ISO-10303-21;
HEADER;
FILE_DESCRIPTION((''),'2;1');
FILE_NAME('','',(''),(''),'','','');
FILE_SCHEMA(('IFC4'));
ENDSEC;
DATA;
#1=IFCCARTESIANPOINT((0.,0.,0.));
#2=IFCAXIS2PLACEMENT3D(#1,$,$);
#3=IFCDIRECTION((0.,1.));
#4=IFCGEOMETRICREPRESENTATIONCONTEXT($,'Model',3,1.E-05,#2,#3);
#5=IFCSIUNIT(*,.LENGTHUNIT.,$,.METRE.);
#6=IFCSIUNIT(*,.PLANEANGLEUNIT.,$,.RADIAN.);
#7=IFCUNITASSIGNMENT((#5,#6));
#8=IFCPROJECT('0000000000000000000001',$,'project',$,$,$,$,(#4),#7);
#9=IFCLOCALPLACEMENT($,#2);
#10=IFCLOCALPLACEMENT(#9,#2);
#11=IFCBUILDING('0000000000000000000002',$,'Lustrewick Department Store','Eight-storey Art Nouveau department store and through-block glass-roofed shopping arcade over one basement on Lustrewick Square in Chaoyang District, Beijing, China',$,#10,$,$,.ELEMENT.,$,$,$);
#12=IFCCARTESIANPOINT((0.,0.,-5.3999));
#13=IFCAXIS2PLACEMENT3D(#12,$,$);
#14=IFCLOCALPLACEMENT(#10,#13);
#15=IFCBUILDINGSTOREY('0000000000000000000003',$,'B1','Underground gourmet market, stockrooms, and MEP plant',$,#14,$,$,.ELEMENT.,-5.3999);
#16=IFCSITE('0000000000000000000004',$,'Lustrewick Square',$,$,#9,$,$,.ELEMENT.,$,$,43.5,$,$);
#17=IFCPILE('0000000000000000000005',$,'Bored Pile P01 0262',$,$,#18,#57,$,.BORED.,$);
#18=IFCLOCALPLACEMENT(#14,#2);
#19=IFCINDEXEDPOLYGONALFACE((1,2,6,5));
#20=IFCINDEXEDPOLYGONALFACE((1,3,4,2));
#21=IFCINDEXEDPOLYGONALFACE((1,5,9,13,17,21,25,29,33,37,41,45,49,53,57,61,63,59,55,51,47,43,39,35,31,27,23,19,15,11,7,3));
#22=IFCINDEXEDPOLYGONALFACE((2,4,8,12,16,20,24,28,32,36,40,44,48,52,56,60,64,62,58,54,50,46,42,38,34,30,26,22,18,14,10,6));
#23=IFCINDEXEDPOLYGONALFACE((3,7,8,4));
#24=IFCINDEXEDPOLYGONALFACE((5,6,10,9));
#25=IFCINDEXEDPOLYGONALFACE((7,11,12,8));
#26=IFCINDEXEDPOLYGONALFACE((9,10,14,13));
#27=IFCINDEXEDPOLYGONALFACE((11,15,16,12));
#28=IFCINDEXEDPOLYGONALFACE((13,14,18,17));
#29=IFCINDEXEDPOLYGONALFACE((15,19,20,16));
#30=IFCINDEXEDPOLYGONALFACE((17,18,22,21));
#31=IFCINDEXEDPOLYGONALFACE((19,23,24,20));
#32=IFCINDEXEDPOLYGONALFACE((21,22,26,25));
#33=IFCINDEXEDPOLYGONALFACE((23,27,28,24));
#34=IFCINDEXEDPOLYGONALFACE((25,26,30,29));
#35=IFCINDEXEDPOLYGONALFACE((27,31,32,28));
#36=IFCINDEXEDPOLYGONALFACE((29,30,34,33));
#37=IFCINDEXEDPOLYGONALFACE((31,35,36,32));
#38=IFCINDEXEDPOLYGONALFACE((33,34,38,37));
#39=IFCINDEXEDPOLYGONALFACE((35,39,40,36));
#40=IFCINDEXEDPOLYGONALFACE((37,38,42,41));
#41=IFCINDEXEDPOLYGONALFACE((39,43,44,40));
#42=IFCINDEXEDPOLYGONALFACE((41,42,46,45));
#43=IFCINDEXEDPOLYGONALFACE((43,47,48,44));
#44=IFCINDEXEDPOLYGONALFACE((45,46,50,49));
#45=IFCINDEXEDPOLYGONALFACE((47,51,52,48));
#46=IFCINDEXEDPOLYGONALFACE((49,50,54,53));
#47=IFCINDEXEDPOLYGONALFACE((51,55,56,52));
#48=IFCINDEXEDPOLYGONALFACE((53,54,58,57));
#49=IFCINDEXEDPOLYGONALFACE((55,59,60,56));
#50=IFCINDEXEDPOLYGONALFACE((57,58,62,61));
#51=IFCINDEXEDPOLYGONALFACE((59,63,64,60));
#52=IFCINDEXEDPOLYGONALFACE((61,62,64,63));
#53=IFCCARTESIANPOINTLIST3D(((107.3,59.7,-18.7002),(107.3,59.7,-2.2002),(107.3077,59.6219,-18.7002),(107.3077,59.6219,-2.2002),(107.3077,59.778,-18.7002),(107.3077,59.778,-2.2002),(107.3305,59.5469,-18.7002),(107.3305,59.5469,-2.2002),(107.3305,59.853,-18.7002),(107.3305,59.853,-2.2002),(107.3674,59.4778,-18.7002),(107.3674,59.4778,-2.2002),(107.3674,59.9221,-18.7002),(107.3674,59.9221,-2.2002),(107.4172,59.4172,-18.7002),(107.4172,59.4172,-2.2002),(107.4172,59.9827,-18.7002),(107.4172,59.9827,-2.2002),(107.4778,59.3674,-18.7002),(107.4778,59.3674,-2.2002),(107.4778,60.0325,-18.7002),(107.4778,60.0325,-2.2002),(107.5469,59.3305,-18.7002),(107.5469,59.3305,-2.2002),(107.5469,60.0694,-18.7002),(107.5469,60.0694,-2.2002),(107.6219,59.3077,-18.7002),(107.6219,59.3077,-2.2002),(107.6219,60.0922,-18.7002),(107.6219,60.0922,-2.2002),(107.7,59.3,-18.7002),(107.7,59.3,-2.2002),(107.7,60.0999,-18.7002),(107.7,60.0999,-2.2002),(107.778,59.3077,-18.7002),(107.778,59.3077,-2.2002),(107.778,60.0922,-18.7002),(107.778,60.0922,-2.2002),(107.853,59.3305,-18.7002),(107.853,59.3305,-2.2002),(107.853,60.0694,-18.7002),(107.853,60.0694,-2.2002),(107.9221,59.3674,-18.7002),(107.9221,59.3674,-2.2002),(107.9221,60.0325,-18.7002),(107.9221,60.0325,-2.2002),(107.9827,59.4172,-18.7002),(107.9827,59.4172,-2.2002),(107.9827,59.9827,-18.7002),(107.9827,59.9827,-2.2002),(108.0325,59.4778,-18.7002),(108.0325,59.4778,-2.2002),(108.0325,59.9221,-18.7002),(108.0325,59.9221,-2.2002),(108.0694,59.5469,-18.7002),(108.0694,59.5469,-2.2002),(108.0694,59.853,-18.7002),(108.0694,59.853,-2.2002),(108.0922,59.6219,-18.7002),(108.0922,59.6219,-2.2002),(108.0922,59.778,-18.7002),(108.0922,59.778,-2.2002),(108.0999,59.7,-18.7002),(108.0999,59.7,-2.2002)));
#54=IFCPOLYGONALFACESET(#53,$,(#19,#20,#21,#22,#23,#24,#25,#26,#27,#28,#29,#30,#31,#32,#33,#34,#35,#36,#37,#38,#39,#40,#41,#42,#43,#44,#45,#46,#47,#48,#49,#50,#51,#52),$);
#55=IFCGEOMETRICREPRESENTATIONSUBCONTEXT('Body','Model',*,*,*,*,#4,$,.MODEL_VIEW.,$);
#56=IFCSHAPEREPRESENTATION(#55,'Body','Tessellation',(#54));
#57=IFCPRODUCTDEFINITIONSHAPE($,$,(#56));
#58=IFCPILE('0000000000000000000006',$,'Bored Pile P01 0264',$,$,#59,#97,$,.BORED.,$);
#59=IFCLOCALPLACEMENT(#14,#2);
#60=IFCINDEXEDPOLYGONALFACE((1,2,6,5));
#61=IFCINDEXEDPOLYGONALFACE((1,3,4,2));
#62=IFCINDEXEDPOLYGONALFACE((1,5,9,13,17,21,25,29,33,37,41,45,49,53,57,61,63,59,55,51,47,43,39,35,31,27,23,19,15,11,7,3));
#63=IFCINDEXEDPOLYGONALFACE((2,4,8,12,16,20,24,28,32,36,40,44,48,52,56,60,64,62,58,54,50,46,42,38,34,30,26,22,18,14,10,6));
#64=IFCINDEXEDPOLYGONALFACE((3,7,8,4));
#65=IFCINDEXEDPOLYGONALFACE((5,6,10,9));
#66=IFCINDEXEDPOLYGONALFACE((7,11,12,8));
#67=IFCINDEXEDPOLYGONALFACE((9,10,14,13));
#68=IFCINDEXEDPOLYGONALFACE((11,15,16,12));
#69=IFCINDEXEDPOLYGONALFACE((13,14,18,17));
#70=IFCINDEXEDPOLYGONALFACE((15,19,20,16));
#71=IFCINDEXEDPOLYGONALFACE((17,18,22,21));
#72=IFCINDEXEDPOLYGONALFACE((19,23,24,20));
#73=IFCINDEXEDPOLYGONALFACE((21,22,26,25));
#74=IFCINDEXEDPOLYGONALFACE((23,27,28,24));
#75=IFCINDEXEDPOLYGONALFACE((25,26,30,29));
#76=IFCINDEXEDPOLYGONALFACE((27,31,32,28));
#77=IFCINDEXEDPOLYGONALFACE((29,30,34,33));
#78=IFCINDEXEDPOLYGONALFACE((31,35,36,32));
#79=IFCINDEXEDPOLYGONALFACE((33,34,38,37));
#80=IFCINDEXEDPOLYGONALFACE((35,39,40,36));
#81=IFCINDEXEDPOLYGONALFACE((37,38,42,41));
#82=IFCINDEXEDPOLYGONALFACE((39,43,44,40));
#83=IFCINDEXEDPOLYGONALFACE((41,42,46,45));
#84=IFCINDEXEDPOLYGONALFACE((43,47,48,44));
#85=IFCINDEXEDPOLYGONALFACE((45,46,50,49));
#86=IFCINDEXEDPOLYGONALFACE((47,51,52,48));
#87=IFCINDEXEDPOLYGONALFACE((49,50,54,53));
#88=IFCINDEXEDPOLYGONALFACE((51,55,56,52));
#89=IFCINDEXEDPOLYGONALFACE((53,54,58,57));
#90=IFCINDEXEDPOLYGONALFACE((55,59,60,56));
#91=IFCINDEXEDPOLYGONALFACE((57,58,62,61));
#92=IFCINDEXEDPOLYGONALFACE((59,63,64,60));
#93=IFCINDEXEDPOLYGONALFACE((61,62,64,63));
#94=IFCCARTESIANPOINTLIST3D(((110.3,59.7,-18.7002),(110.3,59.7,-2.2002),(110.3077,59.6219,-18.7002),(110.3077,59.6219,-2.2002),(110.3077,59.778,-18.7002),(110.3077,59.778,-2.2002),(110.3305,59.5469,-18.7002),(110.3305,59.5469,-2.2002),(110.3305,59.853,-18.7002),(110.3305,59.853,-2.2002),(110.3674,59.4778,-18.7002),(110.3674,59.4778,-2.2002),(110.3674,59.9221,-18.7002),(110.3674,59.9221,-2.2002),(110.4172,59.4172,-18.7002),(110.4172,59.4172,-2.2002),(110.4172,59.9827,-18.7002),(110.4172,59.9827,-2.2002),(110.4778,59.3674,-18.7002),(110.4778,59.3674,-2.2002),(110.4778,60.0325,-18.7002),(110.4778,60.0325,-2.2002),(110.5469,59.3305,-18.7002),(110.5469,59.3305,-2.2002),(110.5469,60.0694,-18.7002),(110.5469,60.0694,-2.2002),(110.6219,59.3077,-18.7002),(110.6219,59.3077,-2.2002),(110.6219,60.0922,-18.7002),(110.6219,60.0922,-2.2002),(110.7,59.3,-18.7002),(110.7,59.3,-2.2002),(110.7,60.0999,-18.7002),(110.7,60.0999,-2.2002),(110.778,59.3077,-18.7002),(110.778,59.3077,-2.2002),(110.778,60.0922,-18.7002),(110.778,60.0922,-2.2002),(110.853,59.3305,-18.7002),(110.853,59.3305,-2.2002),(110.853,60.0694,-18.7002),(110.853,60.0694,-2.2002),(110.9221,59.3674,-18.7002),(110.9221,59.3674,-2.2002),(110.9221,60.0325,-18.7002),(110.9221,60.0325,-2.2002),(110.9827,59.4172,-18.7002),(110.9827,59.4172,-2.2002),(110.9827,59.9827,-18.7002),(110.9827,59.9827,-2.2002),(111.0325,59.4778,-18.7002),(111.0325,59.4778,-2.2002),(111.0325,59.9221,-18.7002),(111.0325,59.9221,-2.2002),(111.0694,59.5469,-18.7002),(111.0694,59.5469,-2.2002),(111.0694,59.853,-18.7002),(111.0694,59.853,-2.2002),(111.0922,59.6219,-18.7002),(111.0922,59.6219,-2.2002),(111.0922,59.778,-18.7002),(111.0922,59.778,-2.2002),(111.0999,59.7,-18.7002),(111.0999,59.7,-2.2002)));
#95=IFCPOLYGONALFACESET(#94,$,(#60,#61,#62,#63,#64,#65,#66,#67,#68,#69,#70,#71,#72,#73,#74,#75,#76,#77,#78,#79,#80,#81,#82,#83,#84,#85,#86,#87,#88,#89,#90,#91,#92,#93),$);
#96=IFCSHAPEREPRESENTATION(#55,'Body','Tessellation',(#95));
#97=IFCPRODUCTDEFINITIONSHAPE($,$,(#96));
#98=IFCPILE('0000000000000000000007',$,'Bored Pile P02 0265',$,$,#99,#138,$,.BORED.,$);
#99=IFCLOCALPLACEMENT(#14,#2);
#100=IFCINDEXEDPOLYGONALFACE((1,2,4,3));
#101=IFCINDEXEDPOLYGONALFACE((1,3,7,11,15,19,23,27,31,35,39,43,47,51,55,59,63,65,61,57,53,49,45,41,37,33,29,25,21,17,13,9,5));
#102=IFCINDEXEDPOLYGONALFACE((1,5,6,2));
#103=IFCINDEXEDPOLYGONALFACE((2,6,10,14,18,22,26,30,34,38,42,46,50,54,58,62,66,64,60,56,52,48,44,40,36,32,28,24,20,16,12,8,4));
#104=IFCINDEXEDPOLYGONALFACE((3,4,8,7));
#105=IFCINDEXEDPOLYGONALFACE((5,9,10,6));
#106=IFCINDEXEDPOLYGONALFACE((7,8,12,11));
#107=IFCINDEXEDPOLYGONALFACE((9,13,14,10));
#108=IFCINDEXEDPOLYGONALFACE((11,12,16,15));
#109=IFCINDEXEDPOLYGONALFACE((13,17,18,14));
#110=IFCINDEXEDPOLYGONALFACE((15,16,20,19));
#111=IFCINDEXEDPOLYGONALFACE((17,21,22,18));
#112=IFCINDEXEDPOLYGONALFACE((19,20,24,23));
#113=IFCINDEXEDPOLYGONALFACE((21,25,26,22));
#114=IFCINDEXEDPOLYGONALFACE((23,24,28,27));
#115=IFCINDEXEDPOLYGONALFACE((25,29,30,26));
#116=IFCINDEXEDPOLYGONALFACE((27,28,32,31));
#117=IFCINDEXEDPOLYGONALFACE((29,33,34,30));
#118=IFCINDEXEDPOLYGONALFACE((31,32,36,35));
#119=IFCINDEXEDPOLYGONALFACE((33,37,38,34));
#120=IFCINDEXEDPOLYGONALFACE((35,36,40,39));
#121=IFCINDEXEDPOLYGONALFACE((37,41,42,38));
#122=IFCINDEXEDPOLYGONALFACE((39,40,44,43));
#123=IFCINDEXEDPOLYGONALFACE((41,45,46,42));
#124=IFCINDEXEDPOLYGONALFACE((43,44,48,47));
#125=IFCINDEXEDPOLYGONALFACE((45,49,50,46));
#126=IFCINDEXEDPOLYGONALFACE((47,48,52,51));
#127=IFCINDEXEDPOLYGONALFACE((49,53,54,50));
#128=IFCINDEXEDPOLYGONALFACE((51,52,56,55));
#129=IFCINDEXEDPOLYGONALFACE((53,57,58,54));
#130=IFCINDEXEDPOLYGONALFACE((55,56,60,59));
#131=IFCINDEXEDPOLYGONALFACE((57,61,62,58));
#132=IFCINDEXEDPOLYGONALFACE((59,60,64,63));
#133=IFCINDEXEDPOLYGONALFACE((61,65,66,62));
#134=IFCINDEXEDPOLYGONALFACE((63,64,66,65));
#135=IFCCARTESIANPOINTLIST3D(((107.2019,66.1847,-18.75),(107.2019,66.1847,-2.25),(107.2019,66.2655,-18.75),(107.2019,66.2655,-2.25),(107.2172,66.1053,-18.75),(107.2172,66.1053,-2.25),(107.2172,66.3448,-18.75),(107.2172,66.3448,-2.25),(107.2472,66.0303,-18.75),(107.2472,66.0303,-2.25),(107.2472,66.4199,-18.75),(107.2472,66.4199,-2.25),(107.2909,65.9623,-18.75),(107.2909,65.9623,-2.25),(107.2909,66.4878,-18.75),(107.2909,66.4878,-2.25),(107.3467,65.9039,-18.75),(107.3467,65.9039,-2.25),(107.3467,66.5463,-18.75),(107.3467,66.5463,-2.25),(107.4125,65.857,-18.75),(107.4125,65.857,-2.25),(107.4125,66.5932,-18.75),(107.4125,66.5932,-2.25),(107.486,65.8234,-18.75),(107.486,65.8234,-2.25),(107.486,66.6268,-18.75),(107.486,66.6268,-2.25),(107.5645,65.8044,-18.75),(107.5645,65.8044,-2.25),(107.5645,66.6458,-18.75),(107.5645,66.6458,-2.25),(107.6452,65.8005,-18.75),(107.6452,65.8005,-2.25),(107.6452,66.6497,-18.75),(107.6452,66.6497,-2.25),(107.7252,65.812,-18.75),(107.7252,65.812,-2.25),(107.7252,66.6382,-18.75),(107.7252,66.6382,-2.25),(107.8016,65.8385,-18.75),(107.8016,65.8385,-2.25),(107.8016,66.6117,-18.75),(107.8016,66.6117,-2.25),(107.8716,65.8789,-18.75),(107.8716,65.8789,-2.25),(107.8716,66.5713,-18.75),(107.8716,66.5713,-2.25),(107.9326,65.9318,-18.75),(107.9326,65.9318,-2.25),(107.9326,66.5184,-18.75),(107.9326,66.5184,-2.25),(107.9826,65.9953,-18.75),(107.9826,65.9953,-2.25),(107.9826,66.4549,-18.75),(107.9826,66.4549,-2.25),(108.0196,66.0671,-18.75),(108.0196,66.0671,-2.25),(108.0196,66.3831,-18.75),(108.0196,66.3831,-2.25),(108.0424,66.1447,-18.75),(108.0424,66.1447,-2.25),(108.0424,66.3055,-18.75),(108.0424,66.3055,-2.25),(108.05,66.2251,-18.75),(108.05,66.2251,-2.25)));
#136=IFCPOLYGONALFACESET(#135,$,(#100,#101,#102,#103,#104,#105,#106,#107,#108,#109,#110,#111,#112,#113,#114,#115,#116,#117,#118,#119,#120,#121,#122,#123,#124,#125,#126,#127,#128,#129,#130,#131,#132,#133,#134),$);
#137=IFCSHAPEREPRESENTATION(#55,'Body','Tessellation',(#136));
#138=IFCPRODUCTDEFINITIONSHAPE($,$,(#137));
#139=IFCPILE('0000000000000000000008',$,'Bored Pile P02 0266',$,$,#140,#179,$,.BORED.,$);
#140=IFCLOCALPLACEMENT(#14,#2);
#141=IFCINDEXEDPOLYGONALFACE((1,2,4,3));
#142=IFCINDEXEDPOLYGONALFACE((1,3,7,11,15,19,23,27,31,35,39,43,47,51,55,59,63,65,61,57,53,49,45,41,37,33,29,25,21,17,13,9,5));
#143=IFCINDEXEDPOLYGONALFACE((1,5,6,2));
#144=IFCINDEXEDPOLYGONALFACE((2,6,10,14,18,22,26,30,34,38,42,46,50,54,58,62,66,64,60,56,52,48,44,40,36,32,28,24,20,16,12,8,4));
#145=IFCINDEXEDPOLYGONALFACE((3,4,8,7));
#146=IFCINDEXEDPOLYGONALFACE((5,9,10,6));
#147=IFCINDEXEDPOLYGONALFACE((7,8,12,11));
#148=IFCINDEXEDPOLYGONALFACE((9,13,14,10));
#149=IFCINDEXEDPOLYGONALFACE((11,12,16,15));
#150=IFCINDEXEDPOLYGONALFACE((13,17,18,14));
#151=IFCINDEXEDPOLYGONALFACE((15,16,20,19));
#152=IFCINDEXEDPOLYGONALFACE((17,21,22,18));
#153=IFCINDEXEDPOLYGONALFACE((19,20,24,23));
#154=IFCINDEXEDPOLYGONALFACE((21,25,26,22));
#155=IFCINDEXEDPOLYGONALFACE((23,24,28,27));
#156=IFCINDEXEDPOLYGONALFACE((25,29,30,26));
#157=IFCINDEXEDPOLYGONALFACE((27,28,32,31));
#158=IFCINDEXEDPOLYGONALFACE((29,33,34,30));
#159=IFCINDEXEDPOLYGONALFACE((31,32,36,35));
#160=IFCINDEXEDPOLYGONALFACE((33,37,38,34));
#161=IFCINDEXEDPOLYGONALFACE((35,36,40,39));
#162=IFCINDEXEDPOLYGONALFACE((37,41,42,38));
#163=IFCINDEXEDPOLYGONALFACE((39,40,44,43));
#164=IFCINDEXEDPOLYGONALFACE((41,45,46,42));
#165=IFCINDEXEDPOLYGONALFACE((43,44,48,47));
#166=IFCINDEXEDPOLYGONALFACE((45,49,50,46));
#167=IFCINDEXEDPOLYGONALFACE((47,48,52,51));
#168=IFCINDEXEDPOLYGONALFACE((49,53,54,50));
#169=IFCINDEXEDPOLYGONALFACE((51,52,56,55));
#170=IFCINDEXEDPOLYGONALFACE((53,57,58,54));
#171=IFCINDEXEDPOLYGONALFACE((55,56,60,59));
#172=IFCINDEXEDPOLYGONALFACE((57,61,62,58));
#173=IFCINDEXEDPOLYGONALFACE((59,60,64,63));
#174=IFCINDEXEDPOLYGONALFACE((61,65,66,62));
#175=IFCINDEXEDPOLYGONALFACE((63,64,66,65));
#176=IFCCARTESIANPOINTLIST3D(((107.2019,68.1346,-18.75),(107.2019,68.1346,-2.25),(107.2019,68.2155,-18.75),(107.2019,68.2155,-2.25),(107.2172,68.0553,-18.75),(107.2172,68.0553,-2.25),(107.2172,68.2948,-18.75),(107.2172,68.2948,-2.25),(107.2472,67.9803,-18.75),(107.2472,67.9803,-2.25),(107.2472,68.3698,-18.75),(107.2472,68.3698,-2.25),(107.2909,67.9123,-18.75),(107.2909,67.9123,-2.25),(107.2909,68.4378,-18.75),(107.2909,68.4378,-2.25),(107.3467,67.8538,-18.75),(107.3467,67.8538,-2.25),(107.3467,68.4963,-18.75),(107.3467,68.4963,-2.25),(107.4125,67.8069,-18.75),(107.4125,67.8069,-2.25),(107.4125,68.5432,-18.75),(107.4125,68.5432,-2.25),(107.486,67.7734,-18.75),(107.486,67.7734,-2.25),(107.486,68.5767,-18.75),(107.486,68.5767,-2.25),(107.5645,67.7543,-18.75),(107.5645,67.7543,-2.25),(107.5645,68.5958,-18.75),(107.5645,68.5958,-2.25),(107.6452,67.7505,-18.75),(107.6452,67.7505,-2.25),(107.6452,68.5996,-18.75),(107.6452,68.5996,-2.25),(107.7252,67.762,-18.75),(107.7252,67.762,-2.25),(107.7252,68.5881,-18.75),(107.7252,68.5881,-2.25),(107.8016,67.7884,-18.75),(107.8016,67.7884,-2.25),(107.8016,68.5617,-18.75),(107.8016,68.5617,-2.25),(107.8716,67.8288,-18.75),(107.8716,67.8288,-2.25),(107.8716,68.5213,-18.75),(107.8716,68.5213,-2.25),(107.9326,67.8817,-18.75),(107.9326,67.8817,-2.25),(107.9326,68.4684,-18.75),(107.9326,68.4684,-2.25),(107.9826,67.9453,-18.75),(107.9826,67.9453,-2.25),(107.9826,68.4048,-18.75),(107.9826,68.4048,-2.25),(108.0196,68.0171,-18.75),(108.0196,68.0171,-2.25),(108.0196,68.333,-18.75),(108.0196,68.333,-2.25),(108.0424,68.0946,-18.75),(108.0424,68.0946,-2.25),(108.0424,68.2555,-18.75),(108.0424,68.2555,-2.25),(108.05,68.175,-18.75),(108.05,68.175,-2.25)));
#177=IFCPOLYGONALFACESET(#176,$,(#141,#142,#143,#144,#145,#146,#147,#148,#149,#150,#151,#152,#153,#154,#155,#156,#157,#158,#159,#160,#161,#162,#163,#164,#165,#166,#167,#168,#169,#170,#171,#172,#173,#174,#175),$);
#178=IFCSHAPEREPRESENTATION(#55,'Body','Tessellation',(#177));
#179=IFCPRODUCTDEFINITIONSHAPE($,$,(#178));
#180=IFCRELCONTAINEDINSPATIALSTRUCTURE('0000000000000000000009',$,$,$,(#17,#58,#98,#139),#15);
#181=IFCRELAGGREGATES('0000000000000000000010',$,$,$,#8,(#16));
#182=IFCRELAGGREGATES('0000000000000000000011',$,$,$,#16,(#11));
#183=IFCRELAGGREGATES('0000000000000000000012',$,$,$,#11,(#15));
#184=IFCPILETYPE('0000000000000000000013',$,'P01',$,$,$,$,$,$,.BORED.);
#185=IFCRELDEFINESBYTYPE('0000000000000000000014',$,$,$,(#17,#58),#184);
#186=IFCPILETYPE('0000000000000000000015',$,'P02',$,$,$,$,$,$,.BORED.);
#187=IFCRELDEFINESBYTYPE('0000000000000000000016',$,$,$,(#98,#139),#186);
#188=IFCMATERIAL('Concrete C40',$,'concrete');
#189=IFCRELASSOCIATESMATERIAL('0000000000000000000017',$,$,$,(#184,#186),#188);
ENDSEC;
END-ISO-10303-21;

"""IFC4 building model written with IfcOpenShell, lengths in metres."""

from ifc_helpers import new_model, si_unit, direction, frame, origin, origin_2d, place, context, subcontext, project, spatial, circle, extrude, material, material_profile, profile_set, type_object, element, save


model = new_model("IFC4")

# Units and contexts
model_context = context("Model", 3, precision=1e-05, world=origin(), true_north=direction((0.0, 1.0)))
body_context = subcontext(model_context, "Body", "Model", "MODEL_VIEW")
ifc_project = project(units=[si_unit("LENGTHUNIT", "METRE"), si_unit("PLANEANGLEUNIT", "RADIAN")], contexts=[model_context])

# Site, building, storey
site_placement = place(None, origin())
site = spatial("IfcSite", under=ifc_project, at=site_placement, Name="Lustrewick Square", CompositionType="ELEMENT", RefElevation=43.5)
building_placement = place(site_placement, origin())
building = spatial("IfcBuilding", under=site, at=building_placement, Name="Lustrewick Department Store", Description="Eight-storey Art Nouveau department store and through-block glass-roofed shopping arcade over one basement on Lustrewick Square in Chaoyang District, Beijing, China", CompositionType="ELEMENT")
storey_placement = place(building_placement, frame((0.0, 0.0, -5.3999)))
storey = spatial("IfcBuildingStorey", under=building, at=storey_placement, Name="B1", Description="Underground gourmet market, stockrooms, and MEP plant", CompositionType="ELEMENT", Elevation=-5.3999)

# Piles
ifc_material_1 = material(Name="Concrete C40", Category="concrete")
ifc_material_profile_1 = material_profile(ifc_material_1, circle(Radius=0.3999, at=origin_2d()), Name="PILE D800")
ifc_profile_set_1 = profile_set([ifc_material_profile_1], Name="Concrete C40")
pile_type_1 = type_object("IfcPileType", Name="P01", PredefinedType="BORED", material=ifc_profile_set_1)
for number, where, z_axis, x_axis, name in (
    (1, (107.7, 59.7, -2.2002), (0.0, 0.0, -1.0), (1.0, 0.0, 0.0), "Bored Pile P01 0262"),
    (2, (110.7, 59.7, -2.2002), (0.0, 0.0, -1.0), (1.0, 0.0, 0.0), "Bored Pile P01 0264"),
):
    element("IfcPile", number, at=place(storey_placement, frame(where, z_axis=z_axis, x_axis=x_axis)), inside=storey, type_object=pile_type_1, Name=name, PredefinedType="BORED", context=body_context, shape_type="SweptSolid", body=[
        extrude(circle(Radius=0.3999, at=origin_2d()), origin(), (0.0, 0.0, 1.0), 16.5),
    ])
ifc_material_profile_2 = material_profile(ifc_material_1, circle(Radius=0.425, at=origin_2d()), Name="PILE D850")
ifc_profile_set_2 = profile_set([ifc_material_profile_2], Name="Concrete C40")
pile_type_2 = type_object("IfcPileType", Name="P02", PredefinedType="BORED", material=ifc_profile_set_2)
for number, where, z_axis, x_axis, name in (
    (3, (107.625, 66.2251, -2.25), (0.0, 0.0, -1.0), (1.0, 0.0, 0.0), "Bored Pile P02 0265"),
    (4, (107.625, 68.175, -2.25), (0.0, 0.0, -1.0), (1.0, 0.0, 0.0), "Bored Pile P02 0266"),
):
    element("IfcPile", number, at=place(storey_placement, frame(where, z_axis=z_axis, x_axis=x_axis)), inside=storey, type_object=pile_type_2, Name=name, PredefinedType="BORED", context=body_context, shape_type="SweptSolid", body=[
        extrude(circle(Radius=0.425, at=origin_2d()), origin(), (0.0, 0.0, 1.0), 16.5),
    ])

save(model, "model.ifc")
